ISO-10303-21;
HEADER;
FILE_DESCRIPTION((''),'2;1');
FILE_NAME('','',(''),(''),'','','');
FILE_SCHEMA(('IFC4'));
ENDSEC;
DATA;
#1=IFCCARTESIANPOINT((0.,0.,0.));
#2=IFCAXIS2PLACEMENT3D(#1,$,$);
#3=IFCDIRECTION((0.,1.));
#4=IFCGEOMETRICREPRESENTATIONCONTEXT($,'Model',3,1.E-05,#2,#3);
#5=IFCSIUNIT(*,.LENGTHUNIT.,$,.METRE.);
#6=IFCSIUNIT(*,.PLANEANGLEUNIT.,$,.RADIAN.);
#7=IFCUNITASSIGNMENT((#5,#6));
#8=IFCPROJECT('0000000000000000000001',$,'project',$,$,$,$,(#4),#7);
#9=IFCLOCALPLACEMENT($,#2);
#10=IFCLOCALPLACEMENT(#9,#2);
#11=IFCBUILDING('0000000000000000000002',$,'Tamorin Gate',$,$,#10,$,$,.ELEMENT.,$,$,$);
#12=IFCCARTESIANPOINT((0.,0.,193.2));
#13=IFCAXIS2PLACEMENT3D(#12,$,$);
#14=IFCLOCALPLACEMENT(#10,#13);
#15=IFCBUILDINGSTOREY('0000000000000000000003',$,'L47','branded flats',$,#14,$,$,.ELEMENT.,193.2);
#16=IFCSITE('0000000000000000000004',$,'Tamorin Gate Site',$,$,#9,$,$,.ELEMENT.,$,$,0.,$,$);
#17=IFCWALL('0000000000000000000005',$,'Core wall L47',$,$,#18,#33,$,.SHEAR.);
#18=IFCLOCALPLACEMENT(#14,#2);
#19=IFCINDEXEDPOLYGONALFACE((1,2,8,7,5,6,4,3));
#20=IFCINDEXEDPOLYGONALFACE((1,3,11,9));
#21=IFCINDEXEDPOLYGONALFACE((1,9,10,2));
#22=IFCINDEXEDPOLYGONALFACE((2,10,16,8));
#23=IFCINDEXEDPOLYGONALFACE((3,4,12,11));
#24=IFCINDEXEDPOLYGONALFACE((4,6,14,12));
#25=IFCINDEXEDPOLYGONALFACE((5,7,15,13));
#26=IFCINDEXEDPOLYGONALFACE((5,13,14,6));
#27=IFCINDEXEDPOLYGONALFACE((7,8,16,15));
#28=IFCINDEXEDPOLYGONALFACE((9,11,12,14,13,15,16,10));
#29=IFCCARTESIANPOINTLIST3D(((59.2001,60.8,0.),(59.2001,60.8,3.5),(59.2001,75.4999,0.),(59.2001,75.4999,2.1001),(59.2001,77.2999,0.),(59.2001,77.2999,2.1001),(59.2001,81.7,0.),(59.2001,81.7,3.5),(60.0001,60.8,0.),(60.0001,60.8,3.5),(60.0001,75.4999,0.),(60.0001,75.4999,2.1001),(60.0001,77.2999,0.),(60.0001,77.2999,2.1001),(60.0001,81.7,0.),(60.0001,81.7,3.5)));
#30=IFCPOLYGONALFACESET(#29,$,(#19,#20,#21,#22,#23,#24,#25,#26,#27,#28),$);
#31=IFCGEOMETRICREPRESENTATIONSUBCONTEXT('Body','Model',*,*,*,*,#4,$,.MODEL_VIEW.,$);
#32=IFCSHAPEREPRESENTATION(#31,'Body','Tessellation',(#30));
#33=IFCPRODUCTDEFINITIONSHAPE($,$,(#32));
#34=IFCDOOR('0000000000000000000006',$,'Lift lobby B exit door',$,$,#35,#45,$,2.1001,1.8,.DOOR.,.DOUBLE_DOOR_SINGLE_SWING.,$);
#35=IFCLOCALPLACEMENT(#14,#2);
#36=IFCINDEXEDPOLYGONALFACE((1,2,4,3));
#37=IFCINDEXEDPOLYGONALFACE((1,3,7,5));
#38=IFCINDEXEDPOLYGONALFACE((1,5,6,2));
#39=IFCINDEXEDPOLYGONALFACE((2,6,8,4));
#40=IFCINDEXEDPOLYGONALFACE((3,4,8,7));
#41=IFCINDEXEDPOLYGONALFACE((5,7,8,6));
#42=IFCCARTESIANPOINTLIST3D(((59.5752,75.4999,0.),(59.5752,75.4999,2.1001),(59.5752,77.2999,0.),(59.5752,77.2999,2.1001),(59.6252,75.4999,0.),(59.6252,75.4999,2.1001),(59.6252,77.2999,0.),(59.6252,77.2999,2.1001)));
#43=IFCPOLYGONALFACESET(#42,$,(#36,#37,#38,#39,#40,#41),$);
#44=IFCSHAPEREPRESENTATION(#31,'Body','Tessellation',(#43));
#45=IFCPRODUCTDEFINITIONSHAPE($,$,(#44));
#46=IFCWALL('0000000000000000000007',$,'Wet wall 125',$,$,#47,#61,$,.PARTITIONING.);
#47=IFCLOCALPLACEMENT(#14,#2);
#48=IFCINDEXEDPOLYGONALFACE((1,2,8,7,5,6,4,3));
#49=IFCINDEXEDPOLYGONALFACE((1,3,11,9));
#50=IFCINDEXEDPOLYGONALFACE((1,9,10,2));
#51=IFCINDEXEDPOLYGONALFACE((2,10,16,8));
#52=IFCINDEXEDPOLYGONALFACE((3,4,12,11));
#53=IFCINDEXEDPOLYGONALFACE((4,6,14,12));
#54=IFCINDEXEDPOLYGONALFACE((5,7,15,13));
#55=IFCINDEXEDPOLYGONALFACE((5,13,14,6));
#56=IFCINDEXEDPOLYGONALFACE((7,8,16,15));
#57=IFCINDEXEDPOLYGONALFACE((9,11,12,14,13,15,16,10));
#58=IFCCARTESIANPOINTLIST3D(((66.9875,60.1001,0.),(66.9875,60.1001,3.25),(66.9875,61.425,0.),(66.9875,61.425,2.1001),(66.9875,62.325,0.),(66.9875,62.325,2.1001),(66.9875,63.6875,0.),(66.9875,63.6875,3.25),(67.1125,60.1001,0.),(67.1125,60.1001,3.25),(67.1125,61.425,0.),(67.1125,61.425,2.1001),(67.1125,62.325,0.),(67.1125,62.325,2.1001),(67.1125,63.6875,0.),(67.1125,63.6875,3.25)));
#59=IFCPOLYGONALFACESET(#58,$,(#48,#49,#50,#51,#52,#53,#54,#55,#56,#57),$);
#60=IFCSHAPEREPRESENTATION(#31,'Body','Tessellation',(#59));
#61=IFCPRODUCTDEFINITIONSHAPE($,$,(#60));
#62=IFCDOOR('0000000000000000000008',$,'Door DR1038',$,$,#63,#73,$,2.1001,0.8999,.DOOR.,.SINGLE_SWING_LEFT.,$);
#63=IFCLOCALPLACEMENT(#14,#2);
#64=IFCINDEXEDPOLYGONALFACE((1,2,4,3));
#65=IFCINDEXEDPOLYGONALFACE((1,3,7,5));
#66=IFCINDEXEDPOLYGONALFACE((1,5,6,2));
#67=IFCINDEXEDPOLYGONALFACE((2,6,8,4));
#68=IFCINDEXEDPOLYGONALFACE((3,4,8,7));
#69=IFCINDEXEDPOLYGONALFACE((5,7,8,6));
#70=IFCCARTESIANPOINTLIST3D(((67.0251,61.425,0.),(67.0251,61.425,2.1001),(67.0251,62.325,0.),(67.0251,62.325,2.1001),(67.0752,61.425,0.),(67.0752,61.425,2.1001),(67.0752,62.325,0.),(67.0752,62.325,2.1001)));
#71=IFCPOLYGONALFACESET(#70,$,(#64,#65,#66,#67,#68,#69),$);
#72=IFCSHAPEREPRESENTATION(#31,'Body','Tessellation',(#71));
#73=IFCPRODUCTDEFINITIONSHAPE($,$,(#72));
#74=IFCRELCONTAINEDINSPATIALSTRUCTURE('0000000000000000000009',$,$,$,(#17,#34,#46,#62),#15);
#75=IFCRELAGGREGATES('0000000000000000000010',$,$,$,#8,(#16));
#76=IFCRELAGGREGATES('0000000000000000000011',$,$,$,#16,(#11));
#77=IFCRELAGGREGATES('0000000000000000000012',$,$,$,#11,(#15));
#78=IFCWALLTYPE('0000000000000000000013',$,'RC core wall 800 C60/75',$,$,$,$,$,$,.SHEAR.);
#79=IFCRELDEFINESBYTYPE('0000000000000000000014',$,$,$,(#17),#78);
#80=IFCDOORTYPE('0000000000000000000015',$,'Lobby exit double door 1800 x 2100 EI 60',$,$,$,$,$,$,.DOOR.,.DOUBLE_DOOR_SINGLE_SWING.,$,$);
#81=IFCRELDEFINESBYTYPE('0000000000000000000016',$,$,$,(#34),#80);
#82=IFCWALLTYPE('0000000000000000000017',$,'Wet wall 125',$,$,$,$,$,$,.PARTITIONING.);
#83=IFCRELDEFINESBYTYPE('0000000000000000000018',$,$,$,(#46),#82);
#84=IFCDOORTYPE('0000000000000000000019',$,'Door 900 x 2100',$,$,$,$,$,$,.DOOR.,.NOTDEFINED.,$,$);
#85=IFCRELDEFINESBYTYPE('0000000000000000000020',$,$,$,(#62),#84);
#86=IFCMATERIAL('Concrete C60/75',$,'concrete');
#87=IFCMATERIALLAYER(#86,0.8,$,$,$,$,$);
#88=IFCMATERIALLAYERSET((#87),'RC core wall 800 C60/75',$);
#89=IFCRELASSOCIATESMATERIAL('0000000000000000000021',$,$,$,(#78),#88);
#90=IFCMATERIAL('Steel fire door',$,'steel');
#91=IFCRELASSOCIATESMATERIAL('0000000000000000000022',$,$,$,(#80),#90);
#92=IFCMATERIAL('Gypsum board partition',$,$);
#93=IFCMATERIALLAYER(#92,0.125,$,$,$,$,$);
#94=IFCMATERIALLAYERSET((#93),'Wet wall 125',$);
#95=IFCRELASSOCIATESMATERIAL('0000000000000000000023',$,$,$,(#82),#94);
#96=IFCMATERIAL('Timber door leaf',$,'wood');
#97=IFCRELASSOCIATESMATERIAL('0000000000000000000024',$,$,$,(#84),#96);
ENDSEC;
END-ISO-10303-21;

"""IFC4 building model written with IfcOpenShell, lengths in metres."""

from ifc_helpers import new_model, si_unit, direction, frame, frame_2d, origin, place, context, subcontext, project, spatial, rectangle, extrude, material, layer, layer_set, type_object, element, fill, save


model = new_model("IFC4")

# Units and contexts
model_context = context("Model", 3, precision=1e-05, world=origin(), true_north=direction((0.0, 1.0)))
body_context = subcontext(model_context, "Body", "Model", "MODEL_VIEW")
ifc_project = project(units=[si_unit("LENGTHUNIT", "METRE"), si_unit("PLANEANGLEUNIT", "RADIAN")], contexts=[model_context])

# Site, building, storey
site_placement = place(None, origin())
site = spatial("IfcSite", under=ifc_project, at=site_placement, Name="Tamorin Gate Site", CompositionType="ELEMENT", RefElevation=0.0)
building_placement = place(site_placement, origin())
building = spatial("IfcBuilding", under=site, at=building_placement, Name="Tamorin Gate", CompositionType="ELEMENT")
storey_placement = place(building_placement, frame((0.0, 0.0, 193.2)))
storey = spatial("IfcBuildingStorey", under=building, at=storey_placement, Name="L47", Description="branded flats", CompositionType="ELEMENT", Elevation=193.2)

# Shared definitions
ifc_material_1 = material(Name="Concrete C60/75", Category="concrete")

# Shared definitions
ifc_material_2 = material(Name="Gypsum board partition")
ifc_material_3 = material(Name="Timber door leaf", Category="wood")

# Walls, openings, doors
ifc_layer_1 = layer(ifc_material_1, 0.8)
ifc_layer_set_1 = layer_set([ifc_layer_1], Name="RC core wall 800 C60/75")
wall_type_1 = type_object("IfcWallType", Name="RC core wall 800 C60/75", PredefinedType="SHEAR", material=ifc_layer_set_1)
wall_1_placement = place(storey_placement, frame((59.6001, 60.8, 0.0), z_axis=(0.0, 0.0, 1.0), x_axis=(0.0, 1.0, 0.0)))
wall_1 = element("IfcWall", 1, at=wall_1_placement, inside=storey, type_object=wall_type_1, Name="Core wall L47", PredefinedType="SHEAR", context=body_context, shape_type="SweptSolid", body=[
    extrude(rectangle(XDim=20.8999, YDim=0.8, at=frame_2d((10.45, 0.0))), origin(), (0.0, 0.0, 1.0), 3.5),
])
opening_1_placement = place(wall_1_placement, frame((14.7, 0.0, 0.0)))
opening_1 = element("IfcOpeningElement", 2, at=opening_1_placement, cuts=wall_1, PredefinedType="OPENING", context=body_context, shape_type="SweptSolid", body=[
    extrude(rectangle(XDim=1.8, YDim=2.1001, at=frame_2d((0.8999, 1.05))), frame((0.0, 0.4099, 0.0), z_axis=(0.0, -1.0, 0.0), x_axis=(1.0, 0.0, 0.0)), (0.0, 0.0, 1.0), 0.8201),
])
ifc_material_4 = material(Name="Steel fire door", Category="steel")
door_type_1 = type_object("IfcDoorType", Name="Lobby exit double door 1800 x 2100 EI 60", OperationType="DOUBLE_DOOR_SINGLE_SWING", PredefinedType="DOOR", material=ifc_material_4)
door_1_placement = place(opening_1_placement, origin())
door_1 = element("IfcDoor", 3, at=door_1_placement, inside=storey, type_object=door_type_1, Name="Lift lobby B exit door", OperationType="DOUBLE_DOOR_SINGLE_SWING", OverallHeight=2.1001, OverallWidth=1.8, PredefinedType="DOOR", context=body_context, shape_type="SweptSolid", body=[
    extrude(rectangle(XDim=1.8, YDim=2.1001, at=frame_2d((0.8999, 1.05))), frame((0.0, 0.0249, 0.0), z_axis=(0.0, -1.0, 0.0), x_axis=(1.0, 0.0, 0.0)), (0.0, 0.0, 1.0), 0.05),
])
fill(opening_1, door_1)
ifc_layer_2 = layer(ifc_material_2, 0.125)
ifc_layer_set_2 = layer_set([ifc_layer_2], Name="Wet wall 125")
wall_type_2 = type_object("IfcWallType", Name="Wet wall 125", PredefinedType="PARTITIONING", material=ifc_layer_set_2)
wall_2_placement = place(storey_placement, frame((67.05, 60.1001, 0.0), z_axis=(0.0, 0.0, 1.0), x_axis=(0.0, 1.0, 0.0)))
wall_2 = element("IfcWall", 4, at=wall_2_placement, inside=storey, type_object=wall_type_2, Name="Wet wall 125", PredefinedType="PARTITIONING", context=body_context, shape_type="SweptSolid", body=[
    extrude(rectangle(XDim=3.5874, YDim=0.125, at=frame_2d((1.7937, 0.0))), origin(), (0.0, 0.0, 1.0), 3.25),
])
opening_2_placement = place(wall_2_placement, frame((1.325, 0.0, 0.0)))
opening_2 = element("IfcOpeningElement", 5, at=opening_2_placement, cuts=wall_2, PredefinedType="OPENING", context=body_context, shape_type="SweptSolid", body=[
    extrude(rectangle(XDim=0.8999, YDim=2.1001, at=frame_2d((0.45, 1.05))), frame((0.0, 0.0725, 0.0), z_axis=(0.0, -1.0, 0.0), x_axis=(1.0, 0.0, 0.0)), (0.0, 0.0, 1.0), 0.145),
])
door_type_2 = type_object("IfcDoorType", Name="Door 900 x 2100", OperationType="NOTDEFINED", PredefinedType="DOOR", material=ifc_material_3)
door_2_placement = place(opening_2_placement, origin())
door_2 = element("IfcDoor", 6, at=door_2_placement, inside=storey, type_object=door_type_2, Name="Door DR1038", OperationType="SINGLE_SWING_LEFT", OverallHeight=2.1001, OverallWidth=0.8999, PredefinedType="DOOR", context=body_context, shape_type="SweptSolid", body=[
    extrude(rectangle(XDim=0.8999, YDim=2.1001, at=frame_2d((0.45, 1.05))), frame((0.0, 0.0249, 0.0), z_axis=(0.0, -1.0, 0.0), x_axis=(1.0, 0.0, 0.0)), (0.0, 0.0, 1.0), 0.05),
])
fill(opening_2, door_2)

save(model, "model.ifc")
